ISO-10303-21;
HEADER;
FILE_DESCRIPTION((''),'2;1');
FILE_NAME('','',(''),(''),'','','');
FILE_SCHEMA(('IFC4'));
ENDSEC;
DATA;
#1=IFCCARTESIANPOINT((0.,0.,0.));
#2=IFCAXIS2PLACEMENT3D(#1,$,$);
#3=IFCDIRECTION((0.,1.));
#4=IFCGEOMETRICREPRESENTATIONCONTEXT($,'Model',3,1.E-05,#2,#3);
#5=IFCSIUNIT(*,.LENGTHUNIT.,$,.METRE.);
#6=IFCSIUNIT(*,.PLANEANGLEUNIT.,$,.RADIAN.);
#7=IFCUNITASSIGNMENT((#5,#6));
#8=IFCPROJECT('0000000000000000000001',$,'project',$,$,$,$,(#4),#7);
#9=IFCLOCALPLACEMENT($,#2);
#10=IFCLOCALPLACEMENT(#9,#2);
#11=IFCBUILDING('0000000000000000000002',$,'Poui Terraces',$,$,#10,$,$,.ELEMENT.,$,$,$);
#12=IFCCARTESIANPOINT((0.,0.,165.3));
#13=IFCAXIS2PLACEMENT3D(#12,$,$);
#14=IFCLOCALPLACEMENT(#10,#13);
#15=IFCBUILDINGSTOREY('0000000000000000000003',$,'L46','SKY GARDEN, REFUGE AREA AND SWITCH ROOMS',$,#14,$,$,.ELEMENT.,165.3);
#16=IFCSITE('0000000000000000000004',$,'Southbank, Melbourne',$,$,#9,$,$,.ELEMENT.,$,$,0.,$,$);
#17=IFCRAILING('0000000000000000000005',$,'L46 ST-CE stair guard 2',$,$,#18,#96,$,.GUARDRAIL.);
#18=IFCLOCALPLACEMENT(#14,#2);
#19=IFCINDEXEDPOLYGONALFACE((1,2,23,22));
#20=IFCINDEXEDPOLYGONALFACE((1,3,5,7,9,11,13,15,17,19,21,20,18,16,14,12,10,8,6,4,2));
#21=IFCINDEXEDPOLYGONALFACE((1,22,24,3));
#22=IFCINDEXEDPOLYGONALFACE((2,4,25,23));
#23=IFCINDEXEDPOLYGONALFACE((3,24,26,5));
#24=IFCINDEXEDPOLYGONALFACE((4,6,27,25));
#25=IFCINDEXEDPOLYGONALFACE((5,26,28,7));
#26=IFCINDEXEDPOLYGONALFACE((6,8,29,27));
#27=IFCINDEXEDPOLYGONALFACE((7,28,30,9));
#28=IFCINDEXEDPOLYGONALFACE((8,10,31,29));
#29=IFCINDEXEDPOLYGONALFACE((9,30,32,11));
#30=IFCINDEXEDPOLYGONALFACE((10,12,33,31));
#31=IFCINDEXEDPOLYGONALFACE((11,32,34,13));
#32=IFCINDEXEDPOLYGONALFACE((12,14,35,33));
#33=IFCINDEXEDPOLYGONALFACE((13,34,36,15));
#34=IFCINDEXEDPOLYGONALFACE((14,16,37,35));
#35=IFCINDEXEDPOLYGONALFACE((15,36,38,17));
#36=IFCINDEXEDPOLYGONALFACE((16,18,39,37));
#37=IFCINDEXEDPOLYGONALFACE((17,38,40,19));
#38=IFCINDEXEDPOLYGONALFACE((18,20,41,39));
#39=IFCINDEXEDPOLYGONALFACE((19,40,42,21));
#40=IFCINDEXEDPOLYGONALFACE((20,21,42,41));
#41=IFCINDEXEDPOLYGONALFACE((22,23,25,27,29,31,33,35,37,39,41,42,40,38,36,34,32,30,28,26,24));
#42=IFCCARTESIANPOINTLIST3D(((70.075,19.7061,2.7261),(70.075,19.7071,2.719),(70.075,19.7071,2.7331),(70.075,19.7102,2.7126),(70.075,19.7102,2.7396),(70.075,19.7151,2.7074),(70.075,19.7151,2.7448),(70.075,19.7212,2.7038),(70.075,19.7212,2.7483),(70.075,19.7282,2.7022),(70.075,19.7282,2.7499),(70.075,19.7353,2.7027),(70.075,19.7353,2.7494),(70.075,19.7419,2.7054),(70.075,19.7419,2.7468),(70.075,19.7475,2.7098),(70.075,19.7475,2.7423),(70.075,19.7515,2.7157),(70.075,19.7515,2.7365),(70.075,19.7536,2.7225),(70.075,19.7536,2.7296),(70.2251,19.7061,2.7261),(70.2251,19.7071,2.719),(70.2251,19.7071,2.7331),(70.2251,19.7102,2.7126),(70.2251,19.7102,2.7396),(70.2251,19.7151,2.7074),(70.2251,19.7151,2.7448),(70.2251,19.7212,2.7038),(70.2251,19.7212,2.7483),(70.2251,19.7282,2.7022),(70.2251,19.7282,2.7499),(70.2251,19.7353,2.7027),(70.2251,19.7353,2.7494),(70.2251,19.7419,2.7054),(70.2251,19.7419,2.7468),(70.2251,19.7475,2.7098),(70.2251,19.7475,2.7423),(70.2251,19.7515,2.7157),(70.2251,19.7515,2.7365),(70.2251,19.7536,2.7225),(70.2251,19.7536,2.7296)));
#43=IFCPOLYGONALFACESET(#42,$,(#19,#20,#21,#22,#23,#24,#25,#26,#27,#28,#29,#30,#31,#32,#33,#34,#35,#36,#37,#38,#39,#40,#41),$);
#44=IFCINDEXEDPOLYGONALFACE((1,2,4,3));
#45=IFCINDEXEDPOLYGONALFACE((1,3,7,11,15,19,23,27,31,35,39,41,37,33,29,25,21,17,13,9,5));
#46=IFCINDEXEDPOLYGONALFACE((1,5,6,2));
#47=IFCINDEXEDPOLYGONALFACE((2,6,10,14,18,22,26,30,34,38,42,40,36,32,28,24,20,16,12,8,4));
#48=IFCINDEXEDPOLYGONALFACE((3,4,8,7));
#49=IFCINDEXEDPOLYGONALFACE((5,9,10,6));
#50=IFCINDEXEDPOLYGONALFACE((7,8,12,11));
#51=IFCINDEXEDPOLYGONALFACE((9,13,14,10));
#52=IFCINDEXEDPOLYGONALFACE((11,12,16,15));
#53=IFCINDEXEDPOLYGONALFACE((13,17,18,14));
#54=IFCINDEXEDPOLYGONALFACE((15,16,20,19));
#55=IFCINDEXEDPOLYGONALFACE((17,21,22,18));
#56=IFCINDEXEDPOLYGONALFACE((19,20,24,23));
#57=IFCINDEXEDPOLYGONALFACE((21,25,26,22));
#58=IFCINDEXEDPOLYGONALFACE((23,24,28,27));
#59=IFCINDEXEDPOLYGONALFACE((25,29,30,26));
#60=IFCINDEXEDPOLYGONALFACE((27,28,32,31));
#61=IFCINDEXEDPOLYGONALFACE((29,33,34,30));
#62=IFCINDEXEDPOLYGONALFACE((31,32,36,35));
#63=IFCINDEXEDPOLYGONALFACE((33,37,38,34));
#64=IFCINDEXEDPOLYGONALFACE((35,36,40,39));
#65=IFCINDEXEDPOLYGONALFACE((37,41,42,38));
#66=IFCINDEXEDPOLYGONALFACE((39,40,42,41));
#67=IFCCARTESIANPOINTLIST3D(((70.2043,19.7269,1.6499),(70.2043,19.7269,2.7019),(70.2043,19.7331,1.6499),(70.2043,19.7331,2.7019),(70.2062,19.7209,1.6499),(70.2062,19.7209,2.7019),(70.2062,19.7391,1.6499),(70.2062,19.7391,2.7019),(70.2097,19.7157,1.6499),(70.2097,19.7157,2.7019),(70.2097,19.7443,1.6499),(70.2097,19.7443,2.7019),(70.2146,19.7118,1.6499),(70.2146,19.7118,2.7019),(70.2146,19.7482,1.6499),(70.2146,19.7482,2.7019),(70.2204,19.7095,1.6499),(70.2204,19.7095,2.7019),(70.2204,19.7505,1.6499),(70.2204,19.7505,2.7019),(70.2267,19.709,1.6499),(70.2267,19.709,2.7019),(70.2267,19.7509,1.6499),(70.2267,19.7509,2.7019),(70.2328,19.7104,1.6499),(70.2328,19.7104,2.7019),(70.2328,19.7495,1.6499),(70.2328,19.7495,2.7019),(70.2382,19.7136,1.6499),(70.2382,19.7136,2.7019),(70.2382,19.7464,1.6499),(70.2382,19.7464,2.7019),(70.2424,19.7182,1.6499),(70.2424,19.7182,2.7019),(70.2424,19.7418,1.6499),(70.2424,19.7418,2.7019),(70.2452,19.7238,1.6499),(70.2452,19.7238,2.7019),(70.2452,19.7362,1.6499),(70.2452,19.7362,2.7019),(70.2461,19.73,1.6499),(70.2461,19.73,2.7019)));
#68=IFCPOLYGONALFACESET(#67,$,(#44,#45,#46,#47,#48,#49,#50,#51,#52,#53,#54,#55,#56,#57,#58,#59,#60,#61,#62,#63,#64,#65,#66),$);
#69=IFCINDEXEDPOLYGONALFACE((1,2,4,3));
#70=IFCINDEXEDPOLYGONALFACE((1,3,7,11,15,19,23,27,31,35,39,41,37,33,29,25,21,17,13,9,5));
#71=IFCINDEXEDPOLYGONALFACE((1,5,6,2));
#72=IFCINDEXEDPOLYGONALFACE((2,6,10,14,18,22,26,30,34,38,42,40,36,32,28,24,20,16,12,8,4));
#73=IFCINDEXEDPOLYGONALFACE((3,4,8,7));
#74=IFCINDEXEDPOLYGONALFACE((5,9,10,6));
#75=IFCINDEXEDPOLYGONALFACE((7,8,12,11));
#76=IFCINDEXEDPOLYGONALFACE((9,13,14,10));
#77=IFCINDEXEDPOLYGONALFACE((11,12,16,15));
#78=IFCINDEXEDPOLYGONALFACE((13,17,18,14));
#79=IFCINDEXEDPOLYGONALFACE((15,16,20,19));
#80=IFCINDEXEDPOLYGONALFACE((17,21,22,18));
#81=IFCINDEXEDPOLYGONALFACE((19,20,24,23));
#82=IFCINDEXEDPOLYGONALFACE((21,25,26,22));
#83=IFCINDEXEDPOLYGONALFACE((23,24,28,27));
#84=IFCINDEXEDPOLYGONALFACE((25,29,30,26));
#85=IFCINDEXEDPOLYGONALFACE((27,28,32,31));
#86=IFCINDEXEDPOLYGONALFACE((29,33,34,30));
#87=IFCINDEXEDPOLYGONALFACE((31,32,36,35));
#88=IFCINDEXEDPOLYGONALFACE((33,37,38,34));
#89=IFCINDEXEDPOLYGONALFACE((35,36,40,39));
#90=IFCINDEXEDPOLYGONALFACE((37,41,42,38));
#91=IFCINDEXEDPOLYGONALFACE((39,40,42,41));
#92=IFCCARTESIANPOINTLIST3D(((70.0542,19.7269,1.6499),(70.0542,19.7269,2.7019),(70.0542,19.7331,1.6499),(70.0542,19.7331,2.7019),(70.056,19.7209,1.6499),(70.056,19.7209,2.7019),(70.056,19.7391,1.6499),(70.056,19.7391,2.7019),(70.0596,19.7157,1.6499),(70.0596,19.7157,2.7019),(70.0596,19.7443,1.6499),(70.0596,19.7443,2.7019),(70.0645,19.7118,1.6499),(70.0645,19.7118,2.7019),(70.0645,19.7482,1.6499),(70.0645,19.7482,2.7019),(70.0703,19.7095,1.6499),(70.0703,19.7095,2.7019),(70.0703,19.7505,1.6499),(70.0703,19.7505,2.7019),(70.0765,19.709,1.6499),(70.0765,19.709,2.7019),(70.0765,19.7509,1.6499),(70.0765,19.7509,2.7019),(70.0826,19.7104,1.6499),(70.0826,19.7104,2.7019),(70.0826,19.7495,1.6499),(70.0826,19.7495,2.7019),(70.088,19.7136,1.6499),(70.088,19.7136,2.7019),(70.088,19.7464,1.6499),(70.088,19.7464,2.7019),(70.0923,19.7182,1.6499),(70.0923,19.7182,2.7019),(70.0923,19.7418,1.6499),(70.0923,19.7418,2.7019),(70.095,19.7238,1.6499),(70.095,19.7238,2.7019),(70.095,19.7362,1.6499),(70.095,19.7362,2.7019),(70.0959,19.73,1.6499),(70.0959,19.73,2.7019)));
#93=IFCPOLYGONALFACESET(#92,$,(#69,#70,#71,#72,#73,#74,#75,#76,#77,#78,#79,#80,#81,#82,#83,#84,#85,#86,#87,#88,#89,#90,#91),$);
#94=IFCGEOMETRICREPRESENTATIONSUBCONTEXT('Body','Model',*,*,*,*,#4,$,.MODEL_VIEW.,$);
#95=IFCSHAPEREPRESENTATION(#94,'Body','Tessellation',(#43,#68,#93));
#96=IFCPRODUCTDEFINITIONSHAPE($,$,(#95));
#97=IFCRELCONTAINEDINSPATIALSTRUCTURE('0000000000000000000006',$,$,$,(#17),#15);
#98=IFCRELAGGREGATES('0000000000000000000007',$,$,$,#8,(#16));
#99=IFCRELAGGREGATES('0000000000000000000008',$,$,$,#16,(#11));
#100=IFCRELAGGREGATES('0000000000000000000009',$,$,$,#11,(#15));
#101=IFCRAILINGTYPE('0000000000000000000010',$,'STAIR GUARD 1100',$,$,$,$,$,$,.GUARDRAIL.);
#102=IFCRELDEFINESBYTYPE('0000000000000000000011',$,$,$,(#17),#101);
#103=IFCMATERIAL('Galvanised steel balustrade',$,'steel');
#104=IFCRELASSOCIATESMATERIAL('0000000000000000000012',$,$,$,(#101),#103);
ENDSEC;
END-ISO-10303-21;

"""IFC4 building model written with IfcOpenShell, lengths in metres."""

from ifc_helpers import new_model, si_unit, direction, frame, origin, origin_2d, place, context, subcontext, project, spatial, circle, extrude, material, type_object, element, save


model = new_model("IFC4")

# Units and contexts
model_context = context("Model", 3, precision=1e-05, world=origin(), true_north=direction((0.0, 1.0)))
body_context = subcontext(model_context, "Body", "Model", "MODEL_VIEW")
ifc_project = project(units=[si_unit("LENGTHUNIT", "METRE"), si_unit("PLANEANGLEUNIT", "RADIAN")], contexts=[model_context])

# Site, building, storey
site_placement = place(None, origin())
site = spatial("IfcSite", under=ifc_project, at=site_placement, Name="Southbank, Melbourne", CompositionType="ELEMENT", RefElevation=0.0)
building_placement = place(site_placement, origin())
building = spatial("IfcBuilding", under=site, at=building_placement, Name="Poui Terraces", CompositionType="ELEMENT")
storey_placement = place(building_placement, frame((0.0, 0.0, 165.3)))
storey = spatial("IfcBuildingStorey", under=building, at=storey_placement, Name="L46", Description="SKY GARDEN, REFUGE AREA AND SWITCH ROOMS", CompositionType="ELEMENT", Elevation=165.3)

# Railing
ifc_material_1 = material(Name="Galvanised steel balustrade", Category="steel")
railing_type_1 = type_object("IfcRailingType", Name="STAIR GUARD 1100", PredefinedType="GUARDRAIL", material=ifc_material_1)
railing_1_placement = place(storey_placement, frame((70.2251, 19.73, 1.6499)))
element("IfcRailing", 1, at=railing_1_placement, inside=storey, type_object=railing_type_1, Name="L46 ST-CE stair guard 2", PredefinedType="GUARDRAIL", context=body_context, shape_type="SweptSolid", body=[
    extrude(circle(Radius=0.0239, at=origin_2d()), frame((0.0, 0.0, 1.0762), z_axis=(-1.0, 0.0, 0.0), x_axis=(0.0, -1.0, 0.0)), (0.0, 0.0, 1.0), 0.1501),
    extrude(circle(Radius=0.021, at=origin_2d()), origin(), (0.0, 0.0, 1.0), 1.052),
    extrude(circle(Radius=0.021, at=origin_2d()), frame((-0.1501, 0.0, 0.0)), (0.0, 0.0, 1.0), 1.052),
])

save(model, "model.ifc")
